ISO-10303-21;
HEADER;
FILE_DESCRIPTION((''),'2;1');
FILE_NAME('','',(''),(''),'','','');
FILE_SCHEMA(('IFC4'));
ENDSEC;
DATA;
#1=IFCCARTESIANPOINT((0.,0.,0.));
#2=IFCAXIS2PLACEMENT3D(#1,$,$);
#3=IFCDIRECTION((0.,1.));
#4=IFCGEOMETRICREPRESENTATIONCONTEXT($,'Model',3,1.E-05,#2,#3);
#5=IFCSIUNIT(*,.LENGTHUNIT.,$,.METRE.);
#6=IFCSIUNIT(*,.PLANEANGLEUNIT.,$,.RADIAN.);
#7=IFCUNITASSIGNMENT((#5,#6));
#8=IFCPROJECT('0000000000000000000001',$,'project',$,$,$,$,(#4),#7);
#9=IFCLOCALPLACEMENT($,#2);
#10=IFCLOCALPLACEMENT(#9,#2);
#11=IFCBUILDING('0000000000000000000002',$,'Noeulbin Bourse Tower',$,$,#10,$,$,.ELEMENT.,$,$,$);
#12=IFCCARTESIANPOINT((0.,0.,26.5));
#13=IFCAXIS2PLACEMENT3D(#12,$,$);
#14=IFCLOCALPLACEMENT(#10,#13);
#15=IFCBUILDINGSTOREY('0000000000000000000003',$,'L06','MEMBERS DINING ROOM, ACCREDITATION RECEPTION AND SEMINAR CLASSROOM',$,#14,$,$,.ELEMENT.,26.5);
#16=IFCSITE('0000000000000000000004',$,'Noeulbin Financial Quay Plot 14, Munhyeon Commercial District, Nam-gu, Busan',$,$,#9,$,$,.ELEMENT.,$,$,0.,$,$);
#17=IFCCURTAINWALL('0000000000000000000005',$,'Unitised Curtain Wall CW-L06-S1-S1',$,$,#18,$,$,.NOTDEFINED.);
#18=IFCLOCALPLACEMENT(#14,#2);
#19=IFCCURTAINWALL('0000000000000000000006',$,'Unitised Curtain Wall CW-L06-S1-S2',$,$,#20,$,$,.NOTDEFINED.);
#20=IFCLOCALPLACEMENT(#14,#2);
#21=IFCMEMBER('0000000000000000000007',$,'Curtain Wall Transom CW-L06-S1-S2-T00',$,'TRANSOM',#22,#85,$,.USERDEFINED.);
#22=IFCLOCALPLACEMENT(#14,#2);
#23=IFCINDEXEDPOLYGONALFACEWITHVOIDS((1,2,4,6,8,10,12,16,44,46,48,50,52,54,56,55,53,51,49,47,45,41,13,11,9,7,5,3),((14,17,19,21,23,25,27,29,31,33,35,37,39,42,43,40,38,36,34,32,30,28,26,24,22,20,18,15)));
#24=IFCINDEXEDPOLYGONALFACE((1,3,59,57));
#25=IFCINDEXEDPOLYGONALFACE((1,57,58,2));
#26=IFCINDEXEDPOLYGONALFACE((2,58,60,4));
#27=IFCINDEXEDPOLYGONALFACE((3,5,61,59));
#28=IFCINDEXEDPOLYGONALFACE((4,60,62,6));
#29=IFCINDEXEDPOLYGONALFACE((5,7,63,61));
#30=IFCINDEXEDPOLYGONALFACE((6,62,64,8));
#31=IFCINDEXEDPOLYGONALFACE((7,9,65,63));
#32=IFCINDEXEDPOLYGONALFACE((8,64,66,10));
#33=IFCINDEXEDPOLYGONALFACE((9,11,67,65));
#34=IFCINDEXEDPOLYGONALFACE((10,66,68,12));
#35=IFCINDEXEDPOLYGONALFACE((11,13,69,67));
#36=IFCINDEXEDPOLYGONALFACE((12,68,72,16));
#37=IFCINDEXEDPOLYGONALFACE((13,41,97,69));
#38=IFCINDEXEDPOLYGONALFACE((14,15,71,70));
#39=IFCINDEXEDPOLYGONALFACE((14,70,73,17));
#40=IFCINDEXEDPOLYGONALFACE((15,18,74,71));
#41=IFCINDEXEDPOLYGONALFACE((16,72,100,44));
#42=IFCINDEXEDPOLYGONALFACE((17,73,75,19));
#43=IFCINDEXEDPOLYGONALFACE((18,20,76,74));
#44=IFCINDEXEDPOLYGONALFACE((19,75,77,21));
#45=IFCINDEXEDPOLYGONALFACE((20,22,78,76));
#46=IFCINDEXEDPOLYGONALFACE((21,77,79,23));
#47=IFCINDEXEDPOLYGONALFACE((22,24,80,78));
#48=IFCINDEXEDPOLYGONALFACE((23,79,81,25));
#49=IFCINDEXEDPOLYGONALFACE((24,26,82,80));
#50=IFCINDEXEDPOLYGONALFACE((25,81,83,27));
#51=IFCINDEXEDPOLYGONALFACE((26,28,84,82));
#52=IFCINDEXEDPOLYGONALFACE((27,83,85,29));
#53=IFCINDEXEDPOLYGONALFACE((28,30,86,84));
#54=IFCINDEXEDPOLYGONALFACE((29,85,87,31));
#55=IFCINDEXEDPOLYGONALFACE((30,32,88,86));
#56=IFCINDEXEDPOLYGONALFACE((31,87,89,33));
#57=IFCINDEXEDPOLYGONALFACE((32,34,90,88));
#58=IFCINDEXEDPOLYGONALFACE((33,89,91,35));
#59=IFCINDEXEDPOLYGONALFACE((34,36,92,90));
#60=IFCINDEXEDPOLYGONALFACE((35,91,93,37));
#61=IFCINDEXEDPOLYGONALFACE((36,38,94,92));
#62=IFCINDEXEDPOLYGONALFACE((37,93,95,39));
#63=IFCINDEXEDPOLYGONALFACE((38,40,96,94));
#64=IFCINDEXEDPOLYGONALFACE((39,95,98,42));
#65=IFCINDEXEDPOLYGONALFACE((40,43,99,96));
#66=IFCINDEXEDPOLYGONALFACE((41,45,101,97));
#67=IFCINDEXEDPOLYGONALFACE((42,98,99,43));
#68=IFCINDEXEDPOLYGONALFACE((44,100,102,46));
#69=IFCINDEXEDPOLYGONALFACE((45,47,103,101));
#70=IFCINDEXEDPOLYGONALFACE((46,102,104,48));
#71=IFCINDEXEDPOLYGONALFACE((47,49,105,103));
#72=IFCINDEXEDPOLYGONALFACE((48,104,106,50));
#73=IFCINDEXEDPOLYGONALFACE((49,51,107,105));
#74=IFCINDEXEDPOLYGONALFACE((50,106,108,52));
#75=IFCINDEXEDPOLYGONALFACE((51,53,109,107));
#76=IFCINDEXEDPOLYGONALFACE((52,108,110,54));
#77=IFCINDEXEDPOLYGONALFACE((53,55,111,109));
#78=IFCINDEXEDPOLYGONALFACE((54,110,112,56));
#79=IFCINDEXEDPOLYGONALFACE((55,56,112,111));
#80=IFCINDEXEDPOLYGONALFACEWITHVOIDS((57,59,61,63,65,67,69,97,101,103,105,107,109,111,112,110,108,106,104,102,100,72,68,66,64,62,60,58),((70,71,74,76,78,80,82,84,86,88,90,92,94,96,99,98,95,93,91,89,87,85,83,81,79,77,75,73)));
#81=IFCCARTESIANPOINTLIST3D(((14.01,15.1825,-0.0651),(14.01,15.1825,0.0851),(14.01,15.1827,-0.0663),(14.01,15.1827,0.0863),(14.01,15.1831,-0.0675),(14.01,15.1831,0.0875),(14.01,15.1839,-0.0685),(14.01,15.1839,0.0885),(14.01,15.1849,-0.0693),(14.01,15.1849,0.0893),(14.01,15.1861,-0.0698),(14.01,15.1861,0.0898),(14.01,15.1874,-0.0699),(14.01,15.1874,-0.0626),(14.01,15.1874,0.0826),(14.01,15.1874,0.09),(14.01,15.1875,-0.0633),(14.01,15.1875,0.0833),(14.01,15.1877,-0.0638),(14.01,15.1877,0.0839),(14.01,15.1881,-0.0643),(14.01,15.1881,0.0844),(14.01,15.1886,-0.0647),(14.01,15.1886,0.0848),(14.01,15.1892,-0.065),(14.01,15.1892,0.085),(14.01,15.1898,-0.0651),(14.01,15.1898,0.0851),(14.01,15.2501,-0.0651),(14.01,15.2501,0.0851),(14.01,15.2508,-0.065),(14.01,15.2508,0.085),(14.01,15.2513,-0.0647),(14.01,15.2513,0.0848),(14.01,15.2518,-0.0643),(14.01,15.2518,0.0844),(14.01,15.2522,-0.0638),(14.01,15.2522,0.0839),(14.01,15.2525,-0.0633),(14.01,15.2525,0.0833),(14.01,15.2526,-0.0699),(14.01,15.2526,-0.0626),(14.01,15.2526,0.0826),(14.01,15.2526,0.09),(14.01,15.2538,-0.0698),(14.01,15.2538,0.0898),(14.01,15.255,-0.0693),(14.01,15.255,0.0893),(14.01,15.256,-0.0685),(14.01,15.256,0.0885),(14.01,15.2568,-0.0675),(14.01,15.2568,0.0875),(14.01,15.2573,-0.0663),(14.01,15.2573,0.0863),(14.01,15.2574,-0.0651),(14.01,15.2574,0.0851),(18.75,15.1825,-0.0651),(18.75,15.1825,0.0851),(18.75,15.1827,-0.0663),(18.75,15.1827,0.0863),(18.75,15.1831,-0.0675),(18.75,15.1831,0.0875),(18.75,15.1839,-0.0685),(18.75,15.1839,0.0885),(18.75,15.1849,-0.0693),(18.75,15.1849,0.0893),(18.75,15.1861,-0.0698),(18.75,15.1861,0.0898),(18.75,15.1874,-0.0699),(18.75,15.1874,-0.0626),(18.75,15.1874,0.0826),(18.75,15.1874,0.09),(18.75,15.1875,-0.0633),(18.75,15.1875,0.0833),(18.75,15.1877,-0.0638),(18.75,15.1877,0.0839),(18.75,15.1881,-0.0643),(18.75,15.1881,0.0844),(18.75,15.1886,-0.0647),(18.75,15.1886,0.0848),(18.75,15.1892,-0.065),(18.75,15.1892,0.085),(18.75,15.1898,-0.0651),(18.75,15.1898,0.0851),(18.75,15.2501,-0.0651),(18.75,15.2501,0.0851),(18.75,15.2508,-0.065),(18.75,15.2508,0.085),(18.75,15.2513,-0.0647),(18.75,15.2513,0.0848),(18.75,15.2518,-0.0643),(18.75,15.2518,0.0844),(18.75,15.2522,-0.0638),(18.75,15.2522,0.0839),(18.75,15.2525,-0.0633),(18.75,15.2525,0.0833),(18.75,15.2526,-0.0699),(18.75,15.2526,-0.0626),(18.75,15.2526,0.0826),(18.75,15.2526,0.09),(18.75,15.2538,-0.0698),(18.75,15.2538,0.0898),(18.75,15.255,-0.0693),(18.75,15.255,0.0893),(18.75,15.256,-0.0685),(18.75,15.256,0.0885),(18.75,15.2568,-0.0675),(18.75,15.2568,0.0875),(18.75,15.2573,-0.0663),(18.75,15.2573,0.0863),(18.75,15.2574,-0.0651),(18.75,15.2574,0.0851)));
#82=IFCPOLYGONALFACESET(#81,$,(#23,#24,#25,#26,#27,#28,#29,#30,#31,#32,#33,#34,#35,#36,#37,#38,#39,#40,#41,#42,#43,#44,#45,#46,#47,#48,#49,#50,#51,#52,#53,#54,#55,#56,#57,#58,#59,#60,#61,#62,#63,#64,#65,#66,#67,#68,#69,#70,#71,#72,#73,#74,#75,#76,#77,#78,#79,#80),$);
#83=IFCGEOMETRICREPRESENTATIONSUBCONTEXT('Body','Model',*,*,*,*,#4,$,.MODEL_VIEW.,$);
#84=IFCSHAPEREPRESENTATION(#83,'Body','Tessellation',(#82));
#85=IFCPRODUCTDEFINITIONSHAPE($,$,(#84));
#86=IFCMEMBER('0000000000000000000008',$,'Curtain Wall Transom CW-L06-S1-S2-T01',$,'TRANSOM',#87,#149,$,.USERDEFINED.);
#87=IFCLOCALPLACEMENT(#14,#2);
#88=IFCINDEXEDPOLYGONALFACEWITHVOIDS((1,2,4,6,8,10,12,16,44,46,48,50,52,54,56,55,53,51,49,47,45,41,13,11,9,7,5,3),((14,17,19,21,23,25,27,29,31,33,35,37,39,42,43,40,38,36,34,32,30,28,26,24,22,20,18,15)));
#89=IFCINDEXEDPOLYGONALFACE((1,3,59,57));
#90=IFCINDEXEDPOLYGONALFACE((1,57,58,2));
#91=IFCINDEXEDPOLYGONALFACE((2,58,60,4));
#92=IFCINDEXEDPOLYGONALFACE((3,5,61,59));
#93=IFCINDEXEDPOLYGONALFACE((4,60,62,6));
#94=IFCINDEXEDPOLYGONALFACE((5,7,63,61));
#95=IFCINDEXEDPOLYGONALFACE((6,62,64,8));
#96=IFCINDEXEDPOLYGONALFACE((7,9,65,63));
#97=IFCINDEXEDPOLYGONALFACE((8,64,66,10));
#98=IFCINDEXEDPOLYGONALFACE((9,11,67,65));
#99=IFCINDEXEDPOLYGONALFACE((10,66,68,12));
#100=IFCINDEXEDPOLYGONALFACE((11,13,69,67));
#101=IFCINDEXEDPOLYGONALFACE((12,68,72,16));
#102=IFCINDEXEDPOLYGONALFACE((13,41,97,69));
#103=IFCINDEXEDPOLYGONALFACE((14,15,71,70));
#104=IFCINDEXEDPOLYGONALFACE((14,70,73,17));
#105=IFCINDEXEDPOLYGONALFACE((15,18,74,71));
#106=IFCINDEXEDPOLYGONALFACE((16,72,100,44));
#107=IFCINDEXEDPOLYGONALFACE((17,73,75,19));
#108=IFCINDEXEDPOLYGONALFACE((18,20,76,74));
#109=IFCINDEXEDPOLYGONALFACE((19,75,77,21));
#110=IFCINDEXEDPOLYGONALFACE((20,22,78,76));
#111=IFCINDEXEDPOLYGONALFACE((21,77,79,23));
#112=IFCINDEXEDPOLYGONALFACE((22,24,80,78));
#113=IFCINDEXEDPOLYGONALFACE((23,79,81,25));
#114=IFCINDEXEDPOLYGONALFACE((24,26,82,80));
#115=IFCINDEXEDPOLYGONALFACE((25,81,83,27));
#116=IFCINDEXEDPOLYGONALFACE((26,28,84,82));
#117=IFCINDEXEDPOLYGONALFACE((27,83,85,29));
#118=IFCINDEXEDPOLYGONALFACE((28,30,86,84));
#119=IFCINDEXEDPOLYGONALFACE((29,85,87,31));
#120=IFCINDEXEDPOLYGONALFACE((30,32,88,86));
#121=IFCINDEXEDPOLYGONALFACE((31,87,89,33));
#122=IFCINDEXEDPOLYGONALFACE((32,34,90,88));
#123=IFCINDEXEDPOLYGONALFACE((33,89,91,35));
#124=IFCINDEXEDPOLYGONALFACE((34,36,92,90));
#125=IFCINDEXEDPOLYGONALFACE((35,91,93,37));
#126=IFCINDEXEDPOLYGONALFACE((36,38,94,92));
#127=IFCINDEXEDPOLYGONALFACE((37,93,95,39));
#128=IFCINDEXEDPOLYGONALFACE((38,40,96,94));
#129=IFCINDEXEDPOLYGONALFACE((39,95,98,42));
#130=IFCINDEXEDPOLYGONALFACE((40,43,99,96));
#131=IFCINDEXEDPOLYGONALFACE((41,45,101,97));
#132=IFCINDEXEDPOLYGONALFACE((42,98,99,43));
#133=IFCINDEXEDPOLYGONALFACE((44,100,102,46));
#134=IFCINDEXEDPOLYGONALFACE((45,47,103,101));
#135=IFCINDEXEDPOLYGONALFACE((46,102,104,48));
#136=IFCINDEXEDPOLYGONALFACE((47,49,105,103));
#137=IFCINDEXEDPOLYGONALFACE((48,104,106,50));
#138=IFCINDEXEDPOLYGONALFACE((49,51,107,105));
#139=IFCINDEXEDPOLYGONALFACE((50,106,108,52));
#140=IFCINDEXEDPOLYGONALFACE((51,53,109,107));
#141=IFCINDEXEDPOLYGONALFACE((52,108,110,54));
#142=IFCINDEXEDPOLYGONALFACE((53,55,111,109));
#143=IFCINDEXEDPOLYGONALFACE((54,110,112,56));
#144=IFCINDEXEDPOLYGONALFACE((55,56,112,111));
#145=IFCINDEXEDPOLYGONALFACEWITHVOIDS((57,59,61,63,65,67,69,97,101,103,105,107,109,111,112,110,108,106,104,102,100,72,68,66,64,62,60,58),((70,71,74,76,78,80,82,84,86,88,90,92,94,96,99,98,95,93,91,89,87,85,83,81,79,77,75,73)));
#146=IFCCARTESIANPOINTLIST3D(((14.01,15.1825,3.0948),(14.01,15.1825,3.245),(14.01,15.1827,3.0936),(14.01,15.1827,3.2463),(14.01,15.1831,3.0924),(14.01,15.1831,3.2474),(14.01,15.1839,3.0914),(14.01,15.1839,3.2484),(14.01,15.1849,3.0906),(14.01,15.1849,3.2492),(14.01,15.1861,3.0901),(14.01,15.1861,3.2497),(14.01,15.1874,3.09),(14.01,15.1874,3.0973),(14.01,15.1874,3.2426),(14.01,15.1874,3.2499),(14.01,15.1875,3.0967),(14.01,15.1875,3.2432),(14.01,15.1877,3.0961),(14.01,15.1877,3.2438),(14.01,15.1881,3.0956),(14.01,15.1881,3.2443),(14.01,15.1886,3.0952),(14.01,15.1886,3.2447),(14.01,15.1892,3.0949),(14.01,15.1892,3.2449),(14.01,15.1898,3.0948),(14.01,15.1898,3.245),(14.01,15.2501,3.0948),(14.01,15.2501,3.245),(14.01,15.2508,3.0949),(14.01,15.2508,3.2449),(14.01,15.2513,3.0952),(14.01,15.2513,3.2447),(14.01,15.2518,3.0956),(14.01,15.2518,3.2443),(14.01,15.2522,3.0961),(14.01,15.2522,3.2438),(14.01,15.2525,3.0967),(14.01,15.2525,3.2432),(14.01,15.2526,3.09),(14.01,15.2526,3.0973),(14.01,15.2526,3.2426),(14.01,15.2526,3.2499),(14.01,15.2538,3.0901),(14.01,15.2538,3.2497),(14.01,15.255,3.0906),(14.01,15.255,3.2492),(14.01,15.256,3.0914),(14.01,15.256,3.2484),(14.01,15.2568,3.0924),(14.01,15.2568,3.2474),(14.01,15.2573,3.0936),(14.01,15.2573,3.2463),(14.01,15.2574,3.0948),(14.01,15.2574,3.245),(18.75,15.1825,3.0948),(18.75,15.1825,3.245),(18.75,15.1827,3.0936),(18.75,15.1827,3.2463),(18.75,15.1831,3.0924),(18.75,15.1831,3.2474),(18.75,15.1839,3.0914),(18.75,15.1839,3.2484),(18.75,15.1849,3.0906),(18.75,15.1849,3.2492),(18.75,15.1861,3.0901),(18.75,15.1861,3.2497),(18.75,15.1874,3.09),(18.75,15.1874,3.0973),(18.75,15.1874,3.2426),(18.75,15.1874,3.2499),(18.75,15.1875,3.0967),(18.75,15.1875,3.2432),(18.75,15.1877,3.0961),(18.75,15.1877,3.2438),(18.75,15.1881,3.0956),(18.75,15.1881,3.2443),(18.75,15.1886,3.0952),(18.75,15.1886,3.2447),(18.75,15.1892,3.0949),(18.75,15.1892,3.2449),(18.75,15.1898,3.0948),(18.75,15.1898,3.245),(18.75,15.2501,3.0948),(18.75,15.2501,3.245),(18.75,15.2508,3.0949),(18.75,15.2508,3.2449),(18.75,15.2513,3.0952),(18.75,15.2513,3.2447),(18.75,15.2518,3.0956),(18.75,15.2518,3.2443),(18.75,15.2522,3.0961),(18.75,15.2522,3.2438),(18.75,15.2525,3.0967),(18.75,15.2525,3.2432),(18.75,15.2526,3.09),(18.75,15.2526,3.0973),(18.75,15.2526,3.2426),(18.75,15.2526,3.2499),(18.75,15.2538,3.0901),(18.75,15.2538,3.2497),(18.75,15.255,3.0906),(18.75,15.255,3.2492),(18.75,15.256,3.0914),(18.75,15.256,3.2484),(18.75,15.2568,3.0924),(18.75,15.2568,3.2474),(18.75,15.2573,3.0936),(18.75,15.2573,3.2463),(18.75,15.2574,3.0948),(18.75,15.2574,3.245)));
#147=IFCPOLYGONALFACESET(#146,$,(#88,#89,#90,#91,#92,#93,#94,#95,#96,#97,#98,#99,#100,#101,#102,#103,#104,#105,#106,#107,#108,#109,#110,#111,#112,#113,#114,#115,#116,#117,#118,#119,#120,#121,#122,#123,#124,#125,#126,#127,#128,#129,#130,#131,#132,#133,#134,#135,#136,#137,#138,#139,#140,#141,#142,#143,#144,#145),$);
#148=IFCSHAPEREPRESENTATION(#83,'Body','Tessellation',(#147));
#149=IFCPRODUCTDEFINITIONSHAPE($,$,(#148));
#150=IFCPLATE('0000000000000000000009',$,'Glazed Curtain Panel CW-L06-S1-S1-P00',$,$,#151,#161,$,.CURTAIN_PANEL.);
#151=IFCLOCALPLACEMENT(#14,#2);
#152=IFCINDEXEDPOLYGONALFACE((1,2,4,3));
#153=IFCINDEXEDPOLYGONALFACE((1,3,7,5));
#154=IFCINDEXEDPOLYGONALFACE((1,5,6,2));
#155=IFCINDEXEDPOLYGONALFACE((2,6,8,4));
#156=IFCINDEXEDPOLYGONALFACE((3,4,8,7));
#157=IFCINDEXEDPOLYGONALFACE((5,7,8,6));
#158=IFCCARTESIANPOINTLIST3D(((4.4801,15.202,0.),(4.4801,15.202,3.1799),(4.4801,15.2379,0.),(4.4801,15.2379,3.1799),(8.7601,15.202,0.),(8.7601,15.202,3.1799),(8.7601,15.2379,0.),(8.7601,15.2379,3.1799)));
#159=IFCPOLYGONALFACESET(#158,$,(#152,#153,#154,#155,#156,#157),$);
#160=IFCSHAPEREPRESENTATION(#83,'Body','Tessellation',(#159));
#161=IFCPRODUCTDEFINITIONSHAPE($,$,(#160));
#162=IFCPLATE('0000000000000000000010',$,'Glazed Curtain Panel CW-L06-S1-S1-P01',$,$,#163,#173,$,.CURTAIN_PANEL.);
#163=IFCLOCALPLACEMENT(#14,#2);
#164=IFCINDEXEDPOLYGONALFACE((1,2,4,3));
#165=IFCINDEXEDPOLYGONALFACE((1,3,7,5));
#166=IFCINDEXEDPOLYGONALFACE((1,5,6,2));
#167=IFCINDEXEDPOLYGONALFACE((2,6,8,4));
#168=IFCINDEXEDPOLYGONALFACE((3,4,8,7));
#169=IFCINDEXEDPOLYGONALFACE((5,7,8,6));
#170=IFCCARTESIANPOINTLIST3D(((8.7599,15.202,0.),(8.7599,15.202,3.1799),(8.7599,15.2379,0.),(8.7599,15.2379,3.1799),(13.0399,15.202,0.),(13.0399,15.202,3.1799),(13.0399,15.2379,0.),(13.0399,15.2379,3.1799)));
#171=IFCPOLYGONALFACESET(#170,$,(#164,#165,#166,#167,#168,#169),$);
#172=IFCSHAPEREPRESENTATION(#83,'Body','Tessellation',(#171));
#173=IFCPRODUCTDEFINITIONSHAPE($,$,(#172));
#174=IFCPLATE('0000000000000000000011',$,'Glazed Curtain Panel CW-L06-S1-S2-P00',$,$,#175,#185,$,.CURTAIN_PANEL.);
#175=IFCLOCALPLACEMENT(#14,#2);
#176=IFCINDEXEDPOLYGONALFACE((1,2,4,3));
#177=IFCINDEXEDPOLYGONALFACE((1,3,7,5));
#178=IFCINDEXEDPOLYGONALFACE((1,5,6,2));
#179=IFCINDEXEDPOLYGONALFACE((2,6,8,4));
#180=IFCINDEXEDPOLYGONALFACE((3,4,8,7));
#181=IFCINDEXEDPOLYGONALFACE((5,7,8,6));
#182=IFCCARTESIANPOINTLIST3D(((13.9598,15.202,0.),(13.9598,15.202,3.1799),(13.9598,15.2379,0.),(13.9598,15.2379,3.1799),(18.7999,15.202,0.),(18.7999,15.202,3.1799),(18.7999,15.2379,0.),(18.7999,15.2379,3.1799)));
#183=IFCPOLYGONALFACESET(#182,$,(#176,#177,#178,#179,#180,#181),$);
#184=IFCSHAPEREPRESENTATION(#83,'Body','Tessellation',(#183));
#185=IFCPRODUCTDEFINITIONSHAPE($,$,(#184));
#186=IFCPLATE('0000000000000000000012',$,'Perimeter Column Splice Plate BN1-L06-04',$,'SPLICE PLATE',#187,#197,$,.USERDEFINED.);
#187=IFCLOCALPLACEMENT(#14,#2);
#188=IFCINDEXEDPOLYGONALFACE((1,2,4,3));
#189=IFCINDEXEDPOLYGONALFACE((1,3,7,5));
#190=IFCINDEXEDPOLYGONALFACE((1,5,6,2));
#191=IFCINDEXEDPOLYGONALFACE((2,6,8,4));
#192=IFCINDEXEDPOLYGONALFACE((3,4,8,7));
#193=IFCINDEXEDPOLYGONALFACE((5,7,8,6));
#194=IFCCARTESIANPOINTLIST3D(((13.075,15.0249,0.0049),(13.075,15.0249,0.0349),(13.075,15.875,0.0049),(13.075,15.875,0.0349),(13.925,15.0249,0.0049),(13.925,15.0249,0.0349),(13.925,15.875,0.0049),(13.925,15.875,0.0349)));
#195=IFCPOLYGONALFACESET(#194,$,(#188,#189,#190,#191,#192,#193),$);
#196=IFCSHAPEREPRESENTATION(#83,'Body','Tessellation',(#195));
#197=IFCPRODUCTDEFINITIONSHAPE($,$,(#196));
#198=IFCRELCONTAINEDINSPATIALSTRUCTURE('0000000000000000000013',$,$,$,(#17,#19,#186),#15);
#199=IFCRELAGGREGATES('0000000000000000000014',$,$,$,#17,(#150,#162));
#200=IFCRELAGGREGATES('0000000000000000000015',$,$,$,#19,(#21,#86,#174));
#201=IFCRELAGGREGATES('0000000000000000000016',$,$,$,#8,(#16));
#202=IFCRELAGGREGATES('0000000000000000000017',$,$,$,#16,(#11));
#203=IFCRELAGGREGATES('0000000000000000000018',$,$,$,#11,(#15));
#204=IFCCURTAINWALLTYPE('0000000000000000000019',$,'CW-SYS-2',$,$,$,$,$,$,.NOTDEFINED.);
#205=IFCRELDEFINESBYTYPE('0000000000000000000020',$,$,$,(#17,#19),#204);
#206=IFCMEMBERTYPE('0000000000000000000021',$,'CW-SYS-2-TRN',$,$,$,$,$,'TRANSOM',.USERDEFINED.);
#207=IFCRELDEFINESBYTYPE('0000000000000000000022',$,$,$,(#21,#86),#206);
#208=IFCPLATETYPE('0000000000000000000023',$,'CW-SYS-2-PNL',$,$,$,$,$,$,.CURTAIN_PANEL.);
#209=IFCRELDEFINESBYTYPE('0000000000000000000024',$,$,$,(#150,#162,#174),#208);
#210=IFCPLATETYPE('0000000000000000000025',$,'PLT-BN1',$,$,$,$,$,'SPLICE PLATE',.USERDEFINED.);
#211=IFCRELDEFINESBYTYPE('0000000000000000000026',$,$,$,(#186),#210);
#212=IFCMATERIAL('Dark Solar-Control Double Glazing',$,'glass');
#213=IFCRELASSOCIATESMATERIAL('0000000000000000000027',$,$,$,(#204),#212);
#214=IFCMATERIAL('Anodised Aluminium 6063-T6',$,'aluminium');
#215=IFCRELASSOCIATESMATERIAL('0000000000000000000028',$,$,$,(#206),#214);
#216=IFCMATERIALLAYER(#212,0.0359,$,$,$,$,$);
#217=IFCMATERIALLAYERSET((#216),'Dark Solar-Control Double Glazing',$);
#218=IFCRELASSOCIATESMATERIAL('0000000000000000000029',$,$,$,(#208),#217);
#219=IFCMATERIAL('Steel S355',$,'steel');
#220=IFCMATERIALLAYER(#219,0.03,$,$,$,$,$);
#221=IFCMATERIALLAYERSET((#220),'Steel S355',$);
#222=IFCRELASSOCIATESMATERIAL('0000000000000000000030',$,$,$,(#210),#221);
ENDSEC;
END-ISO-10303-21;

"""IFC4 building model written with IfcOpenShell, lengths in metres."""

from ifc_helpers import new_model, si_unit, direction, frame, origin, origin_2d, place, context, subcontext, project, spatial, rectangle, hollow_rectangle, extrude, material, layer, layer_set, material_profile, profile_set, type_object, element, aggregate, save


model = new_model("IFC4")

# Units and contexts
model_context = context("Model", 3, precision=1e-05, world=origin(), true_north=direction((0.0, 1.0)))
body_context = subcontext(model_context, "Body", "Model", "MODEL_VIEW")
ifc_project = project(units=[si_unit("LENGTHUNIT", "METRE"), si_unit("PLANEANGLEUNIT", "RADIAN")], contexts=[model_context])

# Site, building, storey
site_placement = place(None, origin())
site = spatial("IfcSite", under=ifc_project, at=site_placement, Name="Noeulbin Financial Quay Plot 14, Munhyeon Commercial District, Nam-gu, Busan", CompositionType="ELEMENT", RefElevation=0.0)
building_placement = place(site_placement, origin())
building = spatial("IfcBuilding", under=site, at=building_placement, Name="Noeulbin Bourse Tower", CompositionType="ELEMENT")
storey_placement = place(building_placement, frame((0.0, 0.0, 26.5)))
storey = spatial("IfcBuildingStorey", under=building, at=storey_placement, Name="L06", Description="MEMBERS DINING ROOM, ACCREDITATION RECEPTION AND SEMINAR CLASSROOM", CompositionType="ELEMENT", Elevation=26.5)

# Shared definitions
ifc_material_1 = material(Name="Steel S355", Category="steel")

# Curtain wall
ifc_material_2 = material(Name="Dark Solar-Control Double Glazing", Category="glass")
curtain_wall_type = type_object("IfcCurtainWallType", Name="CW-SYS-2", PredefinedType="NOTDEFINED", material=ifc_material_2)
curtain_wall_1_placement = place(storey_placement, origin())
curtain_wall_1 = element("IfcCurtainWall", 1, at=curtain_wall_1_placement, inside=storey, type_object=curtain_wall_type, Name="Unitised Curtain Wall CW-L06-S1-S1", PredefinedType="NOTDEFINED")
ifc_material_3 = material(Name="Anodised Aluminium 6063-T6", Category="aluminium")

# Curtain wall
curtain_wall_2_placement = place(storey_placement, origin())
curtain_wall_2 = element("IfcCurtainWall", 2, at=curtain_wall_2_placement, inside=storey, type_object=curtain_wall_type, Name="Unitised Curtain Wall CW-L06-S1-S2", PredefinedType="NOTDEFINED")

# Members
ifc_material_profile_1 = material_profile(ifc_material_3, hollow_rectangle(XDim=0.075, YDim=0.1599, WallThickness=0.0049, InnerFilletRadius=0.0024, OuterFilletRadius=0.0049, at=origin_2d()), Name="ALU-TRAN-75x160x5", Category="LoadBearing")
ifc_profile_set_1 = profile_set([ifc_material_profile_1], Name="Anodised Aluminium 6063-T6")
member_type_1 = type_object("IfcMemberType", Name="CW-SYS-2-TRN", ElementType="TRANSOM", PredefinedType="USERDEFINED", material=ifc_profile_set_1)
member_1_placement = place(storey_placement, frame((14.01, 15.22, 0.01), z_axis=(1.0, 0.0, 0.0), x_axis=(0.0, 1.0, 0.0)))
member_1 = element("IfcMember", 3, at=member_1_placement, type_object=member_type_1, Name="Curtain Wall Transom CW-L06-S1-S2-T00", ObjectType="TRANSOM", PredefinedType="USERDEFINED", context=body_context, shape_type="SweptSolid", body=[
    extrude(hollow_rectangle(XDim=0.075, YDim=0.1599, WallThickness=0.0049, InnerFilletRadius=0.0024, OuterFilletRadius=0.0049, at=origin_2d()), origin(), (0.0, 0.0, 1.0), 4.74),
])
member_2_placement = place(storey_placement, frame((14.01, 15.22, 3.1699), z_axis=(1.0, 0.0, 0.0), x_axis=(0.0, 1.0, 0.0)))
member_2 = element("IfcMember", 4, at=member_2_placement, type_object=member_type_1, Name="Curtain Wall Transom CW-L06-S1-S2-T01", ObjectType="TRANSOM", PredefinedType="USERDEFINED", context=body_context, shape_type="SweptSolid", body=[
    extrude(hollow_rectangle(XDim=0.075, YDim=0.1599, WallThickness=0.0049, InnerFilletRadius=0.0024, OuterFilletRadius=0.0049, at=origin_2d()), origin(), (0.0, 0.0, 1.0), 4.74),
])

# Plates
ifc_layer_1 = layer(ifc_material_2, 0.0359)
ifc_layer_set_1 = layer_set([ifc_layer_1], Name="Dark Solar-Control Double Glazing")
plate_type_1 = type_object("IfcPlateType", Name="CW-SYS-2-PNL", PredefinedType="CURTAIN_PANEL", material=ifc_layer_set_1)
plate_1_placement = place(storey_placement, frame((6.6201, 15.22, 0.0), z_axis=(0.0, 0.0, 1.0), x_axis=(1.0, 0.0, 0.0)))
plate_1 = element("IfcPlate", 5, at=plate_1_placement, type_object=plate_type_1, Name="Glazed Curtain Panel CW-L06-S1-S1-P00", PredefinedType="CURTAIN_PANEL", context=body_context, shape_type="SweptSolid", body=[
    extrude(rectangle(XDim=4.28, YDim=0.0359, at=origin_2d()), origin(), (0.0, 0.0, 1.0), 3.1799),
])
plate_2_placement = place(storey_placement, frame((10.8999, 15.22, 0.0), z_axis=(0.0, 0.0, 1.0), x_axis=(1.0, 0.0, 0.0)))
plate_2 = element("IfcPlate", 6, at=plate_2_placement, type_object=plate_type_1, Name="Glazed Curtain Panel CW-L06-S1-S1-P01", PredefinedType="CURTAIN_PANEL", context=body_context, shape_type="SweptSolid", body=[
    extrude(rectangle(XDim=4.28, YDim=0.0359, at=origin_2d()), origin(), (0.0, 0.0, 1.0), 3.1799),
])
aggregate(curtain_wall_1, [plate_1, plate_2])
plate_3_placement = place(storey_placement, frame((16.3799, 15.22, 0.0), z_axis=(0.0, 0.0, 1.0), x_axis=(1.0, 0.0, 0.0)))
plate_3 = element("IfcPlate", 7, at=plate_3_placement, type_object=plate_type_1, Name="Glazed Curtain Panel CW-L06-S1-S2-P00", PredefinedType="CURTAIN_PANEL", context=body_context, shape_type="SweptSolid", body=[
    extrude(rectangle(XDim=4.8401, YDim=0.0359, at=origin_2d()), origin(), (0.0, 0.0, 1.0), 3.1799),
])
aggregate(curtain_wall_2, [member_1, member_2, plate_3])
ifc_layer_2 = layer(ifc_material_1, 0.03)
ifc_layer_set_2 = layer_set([ifc_layer_2], Name="Steel S355")
plate_type_2 = type_object("IfcPlateType", Name="PLT-BN1", ElementType="SPLICE PLATE", PredefinedType="USERDEFINED", material=ifc_layer_set_2)
plate_4_placement = place(storey_placement, frame((13.5, 15.45, 0.0049), z_axis=(0.0, 0.0, 1.0), x_axis=(1.0, 0.0, 0.0)))
element("IfcPlate", 8, at=plate_4_placement, inside=storey, type_object=plate_type_2, Name="Perimeter Column Splice Plate BN1-L06-04", ObjectType="SPLICE PLATE", PredefinedType="USERDEFINED", context=body_context, shape_type="SweptSolid", body=[
    extrude(rectangle(XDim=0.8501, YDim=0.8501, at=origin_2d()), origin(), (0.0, 0.0, 1.0), 0.03),
])

save(model, "model.ifc")
